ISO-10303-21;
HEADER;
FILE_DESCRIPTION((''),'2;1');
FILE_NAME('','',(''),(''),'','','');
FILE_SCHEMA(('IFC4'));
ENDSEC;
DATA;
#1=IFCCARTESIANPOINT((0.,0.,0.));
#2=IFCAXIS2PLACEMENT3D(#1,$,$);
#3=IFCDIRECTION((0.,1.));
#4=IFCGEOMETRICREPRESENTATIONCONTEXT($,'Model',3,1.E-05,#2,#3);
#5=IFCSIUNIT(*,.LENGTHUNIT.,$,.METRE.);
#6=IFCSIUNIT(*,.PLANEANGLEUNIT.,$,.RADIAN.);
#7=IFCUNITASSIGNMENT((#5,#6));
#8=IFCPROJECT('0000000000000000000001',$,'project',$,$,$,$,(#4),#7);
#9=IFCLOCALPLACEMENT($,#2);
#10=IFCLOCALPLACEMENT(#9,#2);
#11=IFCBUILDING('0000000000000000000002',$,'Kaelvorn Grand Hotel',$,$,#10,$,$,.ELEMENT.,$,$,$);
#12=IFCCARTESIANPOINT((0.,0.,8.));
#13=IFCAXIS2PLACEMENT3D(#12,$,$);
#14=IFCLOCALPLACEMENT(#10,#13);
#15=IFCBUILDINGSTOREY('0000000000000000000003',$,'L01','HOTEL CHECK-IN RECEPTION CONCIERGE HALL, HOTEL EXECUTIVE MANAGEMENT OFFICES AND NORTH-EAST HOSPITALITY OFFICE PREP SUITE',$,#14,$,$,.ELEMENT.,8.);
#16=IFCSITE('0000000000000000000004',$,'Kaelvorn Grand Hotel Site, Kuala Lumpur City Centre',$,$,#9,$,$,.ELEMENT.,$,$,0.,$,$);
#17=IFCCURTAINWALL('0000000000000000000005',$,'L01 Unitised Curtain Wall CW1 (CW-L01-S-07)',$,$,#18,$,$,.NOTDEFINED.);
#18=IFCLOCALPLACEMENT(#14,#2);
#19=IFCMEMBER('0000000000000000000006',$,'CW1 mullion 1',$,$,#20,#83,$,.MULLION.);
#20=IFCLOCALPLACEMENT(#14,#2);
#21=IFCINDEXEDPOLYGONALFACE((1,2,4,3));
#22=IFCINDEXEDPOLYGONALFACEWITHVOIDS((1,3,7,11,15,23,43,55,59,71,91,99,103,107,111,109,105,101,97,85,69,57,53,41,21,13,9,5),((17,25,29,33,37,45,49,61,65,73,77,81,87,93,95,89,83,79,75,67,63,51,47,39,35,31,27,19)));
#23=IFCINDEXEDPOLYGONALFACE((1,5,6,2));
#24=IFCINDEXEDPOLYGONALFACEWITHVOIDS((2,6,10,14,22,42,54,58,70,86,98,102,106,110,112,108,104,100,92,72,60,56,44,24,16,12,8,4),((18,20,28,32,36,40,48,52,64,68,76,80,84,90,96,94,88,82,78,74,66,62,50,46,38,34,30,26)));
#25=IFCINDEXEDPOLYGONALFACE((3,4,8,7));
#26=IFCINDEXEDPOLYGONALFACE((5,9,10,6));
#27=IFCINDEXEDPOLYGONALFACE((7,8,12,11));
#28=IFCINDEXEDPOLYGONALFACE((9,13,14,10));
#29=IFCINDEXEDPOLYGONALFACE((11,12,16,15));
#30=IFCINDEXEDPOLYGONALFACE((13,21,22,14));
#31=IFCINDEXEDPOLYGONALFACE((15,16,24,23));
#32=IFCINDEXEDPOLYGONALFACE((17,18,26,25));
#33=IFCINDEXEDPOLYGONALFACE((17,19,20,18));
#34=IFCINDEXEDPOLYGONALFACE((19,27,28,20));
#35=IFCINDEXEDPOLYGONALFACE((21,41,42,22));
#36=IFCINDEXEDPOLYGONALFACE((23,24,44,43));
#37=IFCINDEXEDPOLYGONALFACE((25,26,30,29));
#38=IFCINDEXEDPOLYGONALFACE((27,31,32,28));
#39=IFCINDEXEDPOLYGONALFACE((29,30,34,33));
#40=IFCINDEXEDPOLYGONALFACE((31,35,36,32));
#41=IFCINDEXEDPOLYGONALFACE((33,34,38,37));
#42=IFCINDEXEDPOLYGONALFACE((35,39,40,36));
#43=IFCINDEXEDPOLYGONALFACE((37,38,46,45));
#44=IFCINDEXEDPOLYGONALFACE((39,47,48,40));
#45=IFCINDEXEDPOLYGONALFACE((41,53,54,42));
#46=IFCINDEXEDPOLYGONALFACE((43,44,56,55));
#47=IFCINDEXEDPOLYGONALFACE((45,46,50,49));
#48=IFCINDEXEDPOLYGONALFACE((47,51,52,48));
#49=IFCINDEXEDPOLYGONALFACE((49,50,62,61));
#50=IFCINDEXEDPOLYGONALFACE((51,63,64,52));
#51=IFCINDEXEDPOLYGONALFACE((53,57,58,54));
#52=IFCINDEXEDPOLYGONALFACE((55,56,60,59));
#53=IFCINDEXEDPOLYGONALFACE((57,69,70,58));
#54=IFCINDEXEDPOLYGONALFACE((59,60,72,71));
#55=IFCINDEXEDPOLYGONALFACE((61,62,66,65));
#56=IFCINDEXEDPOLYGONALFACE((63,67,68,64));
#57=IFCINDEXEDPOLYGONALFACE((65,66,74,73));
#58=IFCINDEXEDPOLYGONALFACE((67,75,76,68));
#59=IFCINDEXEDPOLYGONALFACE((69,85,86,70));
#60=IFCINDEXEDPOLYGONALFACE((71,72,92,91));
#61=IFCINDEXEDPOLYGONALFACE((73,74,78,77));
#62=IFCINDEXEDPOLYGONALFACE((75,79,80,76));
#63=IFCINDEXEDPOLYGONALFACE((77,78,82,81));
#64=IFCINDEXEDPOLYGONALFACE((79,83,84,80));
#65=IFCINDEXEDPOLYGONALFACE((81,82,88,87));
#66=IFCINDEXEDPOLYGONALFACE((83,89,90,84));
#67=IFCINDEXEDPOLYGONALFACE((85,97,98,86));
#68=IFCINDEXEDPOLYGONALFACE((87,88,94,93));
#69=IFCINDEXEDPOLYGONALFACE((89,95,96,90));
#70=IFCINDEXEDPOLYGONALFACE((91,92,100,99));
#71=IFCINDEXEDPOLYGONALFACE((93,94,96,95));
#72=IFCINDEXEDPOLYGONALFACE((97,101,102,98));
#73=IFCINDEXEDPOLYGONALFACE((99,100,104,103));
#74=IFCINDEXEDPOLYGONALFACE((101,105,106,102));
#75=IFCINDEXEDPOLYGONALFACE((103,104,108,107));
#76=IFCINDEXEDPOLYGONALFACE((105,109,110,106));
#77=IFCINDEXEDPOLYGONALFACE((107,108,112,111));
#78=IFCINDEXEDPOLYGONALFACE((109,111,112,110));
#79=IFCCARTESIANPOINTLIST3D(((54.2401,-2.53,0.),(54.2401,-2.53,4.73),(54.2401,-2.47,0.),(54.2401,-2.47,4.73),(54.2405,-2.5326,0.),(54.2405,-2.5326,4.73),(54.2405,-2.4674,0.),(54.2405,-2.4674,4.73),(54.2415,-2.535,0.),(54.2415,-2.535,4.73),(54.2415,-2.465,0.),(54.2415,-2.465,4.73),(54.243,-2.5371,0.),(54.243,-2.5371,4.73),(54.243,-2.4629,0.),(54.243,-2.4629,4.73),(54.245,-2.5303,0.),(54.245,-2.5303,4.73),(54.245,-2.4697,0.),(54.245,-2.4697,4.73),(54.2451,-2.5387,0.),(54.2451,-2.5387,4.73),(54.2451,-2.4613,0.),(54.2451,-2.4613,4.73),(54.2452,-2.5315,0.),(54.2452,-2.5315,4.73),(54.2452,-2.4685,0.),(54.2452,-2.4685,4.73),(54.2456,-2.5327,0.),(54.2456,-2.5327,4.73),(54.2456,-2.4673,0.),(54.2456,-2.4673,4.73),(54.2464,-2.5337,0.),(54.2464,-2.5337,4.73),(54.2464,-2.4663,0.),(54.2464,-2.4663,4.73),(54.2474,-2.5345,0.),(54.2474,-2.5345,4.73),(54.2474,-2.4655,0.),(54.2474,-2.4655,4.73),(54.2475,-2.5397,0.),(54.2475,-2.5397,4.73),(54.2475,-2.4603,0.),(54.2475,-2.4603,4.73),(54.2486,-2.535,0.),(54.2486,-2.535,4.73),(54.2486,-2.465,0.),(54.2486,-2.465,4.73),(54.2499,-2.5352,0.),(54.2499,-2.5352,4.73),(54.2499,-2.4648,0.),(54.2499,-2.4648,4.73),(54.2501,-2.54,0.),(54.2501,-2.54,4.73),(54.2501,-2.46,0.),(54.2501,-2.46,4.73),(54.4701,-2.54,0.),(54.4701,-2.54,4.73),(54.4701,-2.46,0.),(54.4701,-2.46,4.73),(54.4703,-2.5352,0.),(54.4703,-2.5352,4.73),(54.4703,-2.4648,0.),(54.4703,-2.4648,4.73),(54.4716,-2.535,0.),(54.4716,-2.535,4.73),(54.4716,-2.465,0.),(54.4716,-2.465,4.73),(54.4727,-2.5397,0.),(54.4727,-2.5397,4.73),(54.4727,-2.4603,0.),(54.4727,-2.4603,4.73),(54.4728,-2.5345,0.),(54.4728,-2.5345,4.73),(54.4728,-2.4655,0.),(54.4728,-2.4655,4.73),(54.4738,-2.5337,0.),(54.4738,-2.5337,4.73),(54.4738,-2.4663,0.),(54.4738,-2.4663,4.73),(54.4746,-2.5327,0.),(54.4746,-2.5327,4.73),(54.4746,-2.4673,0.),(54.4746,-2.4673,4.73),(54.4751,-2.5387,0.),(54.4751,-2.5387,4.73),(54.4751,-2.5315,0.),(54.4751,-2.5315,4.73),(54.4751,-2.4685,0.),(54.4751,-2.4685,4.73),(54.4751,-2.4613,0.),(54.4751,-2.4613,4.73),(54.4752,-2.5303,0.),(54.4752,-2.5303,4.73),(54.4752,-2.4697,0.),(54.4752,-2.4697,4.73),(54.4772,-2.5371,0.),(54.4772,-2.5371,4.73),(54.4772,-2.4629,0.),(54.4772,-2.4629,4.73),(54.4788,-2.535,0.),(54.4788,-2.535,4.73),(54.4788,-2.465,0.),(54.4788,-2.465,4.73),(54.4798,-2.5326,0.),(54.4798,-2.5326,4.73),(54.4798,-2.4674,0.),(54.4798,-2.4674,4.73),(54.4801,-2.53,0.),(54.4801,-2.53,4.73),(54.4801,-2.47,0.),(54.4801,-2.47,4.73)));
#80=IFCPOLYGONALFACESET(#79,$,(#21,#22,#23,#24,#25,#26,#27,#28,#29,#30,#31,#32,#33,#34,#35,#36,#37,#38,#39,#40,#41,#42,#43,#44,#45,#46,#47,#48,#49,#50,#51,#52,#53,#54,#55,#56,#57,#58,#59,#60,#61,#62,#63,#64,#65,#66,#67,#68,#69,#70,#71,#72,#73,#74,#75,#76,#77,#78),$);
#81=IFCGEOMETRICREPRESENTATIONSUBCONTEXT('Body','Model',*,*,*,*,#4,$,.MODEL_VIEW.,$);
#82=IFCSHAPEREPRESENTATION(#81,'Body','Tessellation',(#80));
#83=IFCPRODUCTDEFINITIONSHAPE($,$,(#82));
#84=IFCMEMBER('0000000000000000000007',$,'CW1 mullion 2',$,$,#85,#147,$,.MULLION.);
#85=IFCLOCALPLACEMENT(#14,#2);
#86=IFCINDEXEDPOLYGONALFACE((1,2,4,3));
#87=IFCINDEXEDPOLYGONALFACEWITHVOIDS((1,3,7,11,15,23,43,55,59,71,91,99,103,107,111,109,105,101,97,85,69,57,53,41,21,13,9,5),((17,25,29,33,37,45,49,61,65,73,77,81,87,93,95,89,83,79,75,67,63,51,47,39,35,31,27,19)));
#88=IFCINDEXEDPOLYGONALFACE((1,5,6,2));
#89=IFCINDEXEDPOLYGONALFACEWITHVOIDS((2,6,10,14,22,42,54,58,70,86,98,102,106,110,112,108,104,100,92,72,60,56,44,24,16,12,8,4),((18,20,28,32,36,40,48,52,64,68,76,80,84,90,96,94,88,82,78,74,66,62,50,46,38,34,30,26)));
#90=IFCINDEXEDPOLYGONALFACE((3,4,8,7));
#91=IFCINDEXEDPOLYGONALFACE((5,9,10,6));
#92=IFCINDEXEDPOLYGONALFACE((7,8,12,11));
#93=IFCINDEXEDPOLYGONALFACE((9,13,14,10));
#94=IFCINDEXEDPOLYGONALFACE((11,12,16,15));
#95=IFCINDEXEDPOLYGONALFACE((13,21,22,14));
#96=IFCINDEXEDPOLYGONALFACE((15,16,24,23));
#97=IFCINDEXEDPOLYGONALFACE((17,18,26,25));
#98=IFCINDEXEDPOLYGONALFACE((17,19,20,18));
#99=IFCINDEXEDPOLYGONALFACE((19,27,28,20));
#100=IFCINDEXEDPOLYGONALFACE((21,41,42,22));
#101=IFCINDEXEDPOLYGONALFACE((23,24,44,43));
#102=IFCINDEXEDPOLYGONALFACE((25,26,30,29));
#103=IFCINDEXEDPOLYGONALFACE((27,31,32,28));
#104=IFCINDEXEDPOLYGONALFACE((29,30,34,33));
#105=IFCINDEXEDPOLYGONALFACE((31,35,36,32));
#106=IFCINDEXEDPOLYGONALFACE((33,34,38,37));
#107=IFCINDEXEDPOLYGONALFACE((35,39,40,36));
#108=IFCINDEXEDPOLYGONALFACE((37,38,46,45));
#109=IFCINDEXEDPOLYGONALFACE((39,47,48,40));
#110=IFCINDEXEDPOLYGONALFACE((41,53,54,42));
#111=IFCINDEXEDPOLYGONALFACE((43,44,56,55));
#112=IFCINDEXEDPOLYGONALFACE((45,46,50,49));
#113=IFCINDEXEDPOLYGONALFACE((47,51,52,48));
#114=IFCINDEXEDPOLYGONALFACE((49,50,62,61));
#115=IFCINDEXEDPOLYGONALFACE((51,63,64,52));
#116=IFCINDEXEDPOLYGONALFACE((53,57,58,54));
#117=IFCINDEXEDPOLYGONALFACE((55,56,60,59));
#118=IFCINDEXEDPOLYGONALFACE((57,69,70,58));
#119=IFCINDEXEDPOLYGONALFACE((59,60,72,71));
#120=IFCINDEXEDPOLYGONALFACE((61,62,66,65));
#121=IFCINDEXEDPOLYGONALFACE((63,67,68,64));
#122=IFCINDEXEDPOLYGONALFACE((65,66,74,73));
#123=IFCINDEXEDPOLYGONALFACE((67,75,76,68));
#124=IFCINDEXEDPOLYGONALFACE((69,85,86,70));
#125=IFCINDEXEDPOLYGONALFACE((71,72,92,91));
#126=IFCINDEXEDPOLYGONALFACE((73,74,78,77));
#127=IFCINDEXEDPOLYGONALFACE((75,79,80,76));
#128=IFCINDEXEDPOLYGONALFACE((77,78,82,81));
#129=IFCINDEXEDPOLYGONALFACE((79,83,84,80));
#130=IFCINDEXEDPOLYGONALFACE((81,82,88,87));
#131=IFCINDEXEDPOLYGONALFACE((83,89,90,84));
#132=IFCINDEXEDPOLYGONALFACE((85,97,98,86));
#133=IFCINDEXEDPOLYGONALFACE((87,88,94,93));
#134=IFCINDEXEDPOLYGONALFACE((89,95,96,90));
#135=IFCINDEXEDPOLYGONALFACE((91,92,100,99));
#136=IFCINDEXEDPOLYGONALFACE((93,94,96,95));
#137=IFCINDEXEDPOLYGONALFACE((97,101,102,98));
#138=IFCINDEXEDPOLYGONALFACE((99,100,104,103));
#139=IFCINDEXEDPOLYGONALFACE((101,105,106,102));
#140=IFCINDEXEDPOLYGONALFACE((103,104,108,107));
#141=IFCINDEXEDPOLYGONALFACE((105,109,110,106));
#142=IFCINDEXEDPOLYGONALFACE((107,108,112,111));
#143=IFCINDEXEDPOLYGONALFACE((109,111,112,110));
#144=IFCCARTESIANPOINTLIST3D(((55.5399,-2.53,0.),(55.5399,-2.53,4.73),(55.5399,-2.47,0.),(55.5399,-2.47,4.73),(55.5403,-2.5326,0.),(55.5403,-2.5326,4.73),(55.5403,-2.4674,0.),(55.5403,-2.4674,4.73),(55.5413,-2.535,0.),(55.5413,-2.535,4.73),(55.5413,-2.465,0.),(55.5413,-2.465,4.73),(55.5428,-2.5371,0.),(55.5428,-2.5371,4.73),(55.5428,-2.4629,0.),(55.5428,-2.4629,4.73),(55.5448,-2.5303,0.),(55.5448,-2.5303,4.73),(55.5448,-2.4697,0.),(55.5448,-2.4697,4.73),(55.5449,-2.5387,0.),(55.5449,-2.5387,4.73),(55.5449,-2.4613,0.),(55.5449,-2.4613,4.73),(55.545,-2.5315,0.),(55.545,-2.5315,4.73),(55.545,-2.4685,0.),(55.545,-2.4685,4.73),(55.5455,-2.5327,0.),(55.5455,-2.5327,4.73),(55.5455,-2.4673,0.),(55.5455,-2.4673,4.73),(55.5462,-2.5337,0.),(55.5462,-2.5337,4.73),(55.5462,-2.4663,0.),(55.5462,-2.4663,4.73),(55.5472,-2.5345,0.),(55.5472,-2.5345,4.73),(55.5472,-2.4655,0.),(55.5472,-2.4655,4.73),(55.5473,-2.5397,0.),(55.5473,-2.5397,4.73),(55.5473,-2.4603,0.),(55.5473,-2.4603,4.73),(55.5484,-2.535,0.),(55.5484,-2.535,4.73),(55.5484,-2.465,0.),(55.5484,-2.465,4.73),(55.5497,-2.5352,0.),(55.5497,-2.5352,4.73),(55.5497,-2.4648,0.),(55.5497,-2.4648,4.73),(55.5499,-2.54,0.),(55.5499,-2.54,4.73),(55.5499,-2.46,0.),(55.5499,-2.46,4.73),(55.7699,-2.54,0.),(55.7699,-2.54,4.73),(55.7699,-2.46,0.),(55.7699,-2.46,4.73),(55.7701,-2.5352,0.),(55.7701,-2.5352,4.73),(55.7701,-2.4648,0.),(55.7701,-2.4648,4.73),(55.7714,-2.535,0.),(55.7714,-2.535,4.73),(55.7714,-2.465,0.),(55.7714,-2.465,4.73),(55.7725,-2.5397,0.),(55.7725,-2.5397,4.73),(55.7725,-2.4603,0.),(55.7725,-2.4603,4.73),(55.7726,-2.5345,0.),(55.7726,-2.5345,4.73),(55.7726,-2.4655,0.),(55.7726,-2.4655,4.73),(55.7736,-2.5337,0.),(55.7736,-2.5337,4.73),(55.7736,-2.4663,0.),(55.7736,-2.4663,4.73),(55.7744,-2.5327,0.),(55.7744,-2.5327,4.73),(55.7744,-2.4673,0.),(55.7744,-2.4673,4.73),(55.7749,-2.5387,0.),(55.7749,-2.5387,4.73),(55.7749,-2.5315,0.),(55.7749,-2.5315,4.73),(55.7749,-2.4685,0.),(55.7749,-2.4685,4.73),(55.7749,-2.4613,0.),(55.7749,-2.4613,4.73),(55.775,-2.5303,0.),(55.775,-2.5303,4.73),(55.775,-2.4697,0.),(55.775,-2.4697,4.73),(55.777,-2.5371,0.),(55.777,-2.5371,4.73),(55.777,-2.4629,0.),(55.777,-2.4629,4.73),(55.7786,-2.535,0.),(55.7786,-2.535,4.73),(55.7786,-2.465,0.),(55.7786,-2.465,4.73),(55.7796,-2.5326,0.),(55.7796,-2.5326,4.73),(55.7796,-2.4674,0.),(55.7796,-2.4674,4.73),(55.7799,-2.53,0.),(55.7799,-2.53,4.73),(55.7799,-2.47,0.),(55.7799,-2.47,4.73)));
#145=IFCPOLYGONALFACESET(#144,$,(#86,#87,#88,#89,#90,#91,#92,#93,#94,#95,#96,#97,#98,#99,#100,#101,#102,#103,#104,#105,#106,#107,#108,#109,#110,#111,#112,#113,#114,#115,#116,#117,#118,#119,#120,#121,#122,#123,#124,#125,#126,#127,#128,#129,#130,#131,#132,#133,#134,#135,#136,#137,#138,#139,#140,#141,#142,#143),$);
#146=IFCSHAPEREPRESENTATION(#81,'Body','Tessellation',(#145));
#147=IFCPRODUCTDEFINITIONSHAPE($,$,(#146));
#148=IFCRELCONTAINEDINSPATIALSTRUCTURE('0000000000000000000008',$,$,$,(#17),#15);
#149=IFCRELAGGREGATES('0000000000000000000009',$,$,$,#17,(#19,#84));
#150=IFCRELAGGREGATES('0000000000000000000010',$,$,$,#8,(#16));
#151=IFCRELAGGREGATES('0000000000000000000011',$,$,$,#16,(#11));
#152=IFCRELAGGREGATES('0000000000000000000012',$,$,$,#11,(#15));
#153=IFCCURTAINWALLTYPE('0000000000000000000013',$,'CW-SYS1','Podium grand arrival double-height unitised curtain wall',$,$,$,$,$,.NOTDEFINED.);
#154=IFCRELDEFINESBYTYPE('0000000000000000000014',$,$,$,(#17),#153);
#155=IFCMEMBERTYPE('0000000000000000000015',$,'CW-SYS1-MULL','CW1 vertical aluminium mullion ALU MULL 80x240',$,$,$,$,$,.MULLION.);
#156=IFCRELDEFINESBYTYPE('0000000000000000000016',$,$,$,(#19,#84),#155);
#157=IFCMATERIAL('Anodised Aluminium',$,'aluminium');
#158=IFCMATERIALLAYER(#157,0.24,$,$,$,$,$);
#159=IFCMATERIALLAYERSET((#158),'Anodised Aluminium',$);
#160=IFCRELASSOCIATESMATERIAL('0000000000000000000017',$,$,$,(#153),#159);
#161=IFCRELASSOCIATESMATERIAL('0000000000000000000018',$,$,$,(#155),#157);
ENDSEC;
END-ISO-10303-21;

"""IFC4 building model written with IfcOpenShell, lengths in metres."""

from ifc_helpers import new_model, si_unit, direction, frame, origin, origin_2d, place, context, subcontext, project, spatial, hollow_rectangle, extrude, material, layer, layer_set, material_profile, profile_set, type_object, element, aggregate, save


model = new_model("IFC4")

# Units and contexts
model_context = context("Model", 3, precision=1e-05, world=origin(), true_north=direction((0.0, 1.0)))
body_context = subcontext(model_context, "Body", "Model", "MODEL_VIEW")
ifc_project = project(units=[si_unit("LENGTHUNIT", "METRE"), si_unit("PLANEANGLEUNIT", "RADIAN")], contexts=[model_context])

# Site, building, storey
site_placement = place(None, origin())
site = spatial("IfcSite", under=ifc_project, at=site_placement, Name="Kaelvorn Grand Hotel Site, Kuala Lumpur City Centre", CompositionType="ELEMENT", RefElevation=0.0)
building_placement = place(site_placement, origin())
building = spatial("IfcBuilding", under=site, at=building_placement, Name="Kaelvorn Grand Hotel", CompositionType="ELEMENT")
storey_placement = place(building_placement, frame((0.0, 0.0, 8.0)))
storey = spatial("IfcBuildingStorey", under=building, at=storey_placement, Name="L01", Description="HOTEL CHECK-IN RECEPTION CONCIERGE HALL, HOTEL EXECUTIVE MANAGEMENT OFFICES AND NORTH-EAST HOSPITALITY OFFICE PREP SUITE", CompositionType="ELEMENT", Elevation=8.0)

# Curtain wall, members
ifc_material_1 = material(Name="Anodised Aluminium", Category="aluminium")
ifc_layer_1 = layer(ifc_material_1, 0.24)
ifc_layer_set_1 = layer_set([ifc_layer_1], Name="Anodised Aluminium")
curtain_wall_type = type_object("IfcCurtainWallType", Name="CW-SYS1", Description="Podium grand arrival double-height unitised curtain wall", PredefinedType="NOTDEFINED", material=ifc_layer_set_1)
ifc_material_profile_1 = material_profile(ifc_material_1, hollow_rectangle(XDim=0.0801, YDim=0.24, WallThickness=0.0049, InnerFilletRadius=0.0049, OuterFilletRadius=0.01, at=origin_2d()), Name="ALU MULL 80x240")
ifc_profile_set_1 = profile_set([ifc_material_profile_1], Name="Anodised Aluminium")
member_type_1 = type_object("IfcMemberType", Name="CW-SYS1-MULL", Description="CW1 vertical aluminium mullion ALU MULL 80x240", PredefinedType="MULLION", material=ifc_profile_set_1)
curtain_wall_1_placement = place(storey_placement, origin())
curtain_wall_1 = element("IfcCurtainWall", 1, at=curtain_wall_1_placement, inside=storey, type_object=curtain_wall_type, Name="L01 Unitised Curtain Wall CW1 (CW-L01-S-07)", PredefinedType="NOTDEFINED")
member_1_placement = place(storey_placement, frame((54.3601, -2.5, 0.0), z_axis=(0.0, 0.0, 1.0), x_axis=(0.0, 1.0, 0.0)))
member_1 = element("IfcMember", 2, at=member_1_placement, type_object=member_type_1, Name="CW1 mullion 1", PredefinedType="MULLION", context=body_context, shape_type="SweptSolid", body=[
    extrude(hollow_rectangle(XDim=0.0801, YDim=0.24, WallThickness=0.0049, InnerFilletRadius=0.0049, OuterFilletRadius=0.01, at=origin_2d()), origin(), (0.0, 0.0, 1.0), 4.73),
])
member_2_placement = place(storey_placement, frame((55.6599, -2.5, 0.0), z_axis=(0.0, 0.0, 1.0), x_axis=(0.0, 1.0, 0.0)))
member_2 = element("IfcMember", 3, at=member_2_placement, type_object=member_type_1, Name="CW1 mullion 2", PredefinedType="MULLION", context=body_context, shape_type="SweptSolid", body=[
    extrude(hollow_rectangle(XDim=0.0801, YDim=0.24, WallThickness=0.0049, InnerFilletRadius=0.0049, OuterFilletRadius=0.01, at=origin_2d()), origin(), (0.0, 0.0, 1.0), 4.73),
])

aggregate(curtain_wall_1, [member_1, member_2])

save(model, "model.ifc")
